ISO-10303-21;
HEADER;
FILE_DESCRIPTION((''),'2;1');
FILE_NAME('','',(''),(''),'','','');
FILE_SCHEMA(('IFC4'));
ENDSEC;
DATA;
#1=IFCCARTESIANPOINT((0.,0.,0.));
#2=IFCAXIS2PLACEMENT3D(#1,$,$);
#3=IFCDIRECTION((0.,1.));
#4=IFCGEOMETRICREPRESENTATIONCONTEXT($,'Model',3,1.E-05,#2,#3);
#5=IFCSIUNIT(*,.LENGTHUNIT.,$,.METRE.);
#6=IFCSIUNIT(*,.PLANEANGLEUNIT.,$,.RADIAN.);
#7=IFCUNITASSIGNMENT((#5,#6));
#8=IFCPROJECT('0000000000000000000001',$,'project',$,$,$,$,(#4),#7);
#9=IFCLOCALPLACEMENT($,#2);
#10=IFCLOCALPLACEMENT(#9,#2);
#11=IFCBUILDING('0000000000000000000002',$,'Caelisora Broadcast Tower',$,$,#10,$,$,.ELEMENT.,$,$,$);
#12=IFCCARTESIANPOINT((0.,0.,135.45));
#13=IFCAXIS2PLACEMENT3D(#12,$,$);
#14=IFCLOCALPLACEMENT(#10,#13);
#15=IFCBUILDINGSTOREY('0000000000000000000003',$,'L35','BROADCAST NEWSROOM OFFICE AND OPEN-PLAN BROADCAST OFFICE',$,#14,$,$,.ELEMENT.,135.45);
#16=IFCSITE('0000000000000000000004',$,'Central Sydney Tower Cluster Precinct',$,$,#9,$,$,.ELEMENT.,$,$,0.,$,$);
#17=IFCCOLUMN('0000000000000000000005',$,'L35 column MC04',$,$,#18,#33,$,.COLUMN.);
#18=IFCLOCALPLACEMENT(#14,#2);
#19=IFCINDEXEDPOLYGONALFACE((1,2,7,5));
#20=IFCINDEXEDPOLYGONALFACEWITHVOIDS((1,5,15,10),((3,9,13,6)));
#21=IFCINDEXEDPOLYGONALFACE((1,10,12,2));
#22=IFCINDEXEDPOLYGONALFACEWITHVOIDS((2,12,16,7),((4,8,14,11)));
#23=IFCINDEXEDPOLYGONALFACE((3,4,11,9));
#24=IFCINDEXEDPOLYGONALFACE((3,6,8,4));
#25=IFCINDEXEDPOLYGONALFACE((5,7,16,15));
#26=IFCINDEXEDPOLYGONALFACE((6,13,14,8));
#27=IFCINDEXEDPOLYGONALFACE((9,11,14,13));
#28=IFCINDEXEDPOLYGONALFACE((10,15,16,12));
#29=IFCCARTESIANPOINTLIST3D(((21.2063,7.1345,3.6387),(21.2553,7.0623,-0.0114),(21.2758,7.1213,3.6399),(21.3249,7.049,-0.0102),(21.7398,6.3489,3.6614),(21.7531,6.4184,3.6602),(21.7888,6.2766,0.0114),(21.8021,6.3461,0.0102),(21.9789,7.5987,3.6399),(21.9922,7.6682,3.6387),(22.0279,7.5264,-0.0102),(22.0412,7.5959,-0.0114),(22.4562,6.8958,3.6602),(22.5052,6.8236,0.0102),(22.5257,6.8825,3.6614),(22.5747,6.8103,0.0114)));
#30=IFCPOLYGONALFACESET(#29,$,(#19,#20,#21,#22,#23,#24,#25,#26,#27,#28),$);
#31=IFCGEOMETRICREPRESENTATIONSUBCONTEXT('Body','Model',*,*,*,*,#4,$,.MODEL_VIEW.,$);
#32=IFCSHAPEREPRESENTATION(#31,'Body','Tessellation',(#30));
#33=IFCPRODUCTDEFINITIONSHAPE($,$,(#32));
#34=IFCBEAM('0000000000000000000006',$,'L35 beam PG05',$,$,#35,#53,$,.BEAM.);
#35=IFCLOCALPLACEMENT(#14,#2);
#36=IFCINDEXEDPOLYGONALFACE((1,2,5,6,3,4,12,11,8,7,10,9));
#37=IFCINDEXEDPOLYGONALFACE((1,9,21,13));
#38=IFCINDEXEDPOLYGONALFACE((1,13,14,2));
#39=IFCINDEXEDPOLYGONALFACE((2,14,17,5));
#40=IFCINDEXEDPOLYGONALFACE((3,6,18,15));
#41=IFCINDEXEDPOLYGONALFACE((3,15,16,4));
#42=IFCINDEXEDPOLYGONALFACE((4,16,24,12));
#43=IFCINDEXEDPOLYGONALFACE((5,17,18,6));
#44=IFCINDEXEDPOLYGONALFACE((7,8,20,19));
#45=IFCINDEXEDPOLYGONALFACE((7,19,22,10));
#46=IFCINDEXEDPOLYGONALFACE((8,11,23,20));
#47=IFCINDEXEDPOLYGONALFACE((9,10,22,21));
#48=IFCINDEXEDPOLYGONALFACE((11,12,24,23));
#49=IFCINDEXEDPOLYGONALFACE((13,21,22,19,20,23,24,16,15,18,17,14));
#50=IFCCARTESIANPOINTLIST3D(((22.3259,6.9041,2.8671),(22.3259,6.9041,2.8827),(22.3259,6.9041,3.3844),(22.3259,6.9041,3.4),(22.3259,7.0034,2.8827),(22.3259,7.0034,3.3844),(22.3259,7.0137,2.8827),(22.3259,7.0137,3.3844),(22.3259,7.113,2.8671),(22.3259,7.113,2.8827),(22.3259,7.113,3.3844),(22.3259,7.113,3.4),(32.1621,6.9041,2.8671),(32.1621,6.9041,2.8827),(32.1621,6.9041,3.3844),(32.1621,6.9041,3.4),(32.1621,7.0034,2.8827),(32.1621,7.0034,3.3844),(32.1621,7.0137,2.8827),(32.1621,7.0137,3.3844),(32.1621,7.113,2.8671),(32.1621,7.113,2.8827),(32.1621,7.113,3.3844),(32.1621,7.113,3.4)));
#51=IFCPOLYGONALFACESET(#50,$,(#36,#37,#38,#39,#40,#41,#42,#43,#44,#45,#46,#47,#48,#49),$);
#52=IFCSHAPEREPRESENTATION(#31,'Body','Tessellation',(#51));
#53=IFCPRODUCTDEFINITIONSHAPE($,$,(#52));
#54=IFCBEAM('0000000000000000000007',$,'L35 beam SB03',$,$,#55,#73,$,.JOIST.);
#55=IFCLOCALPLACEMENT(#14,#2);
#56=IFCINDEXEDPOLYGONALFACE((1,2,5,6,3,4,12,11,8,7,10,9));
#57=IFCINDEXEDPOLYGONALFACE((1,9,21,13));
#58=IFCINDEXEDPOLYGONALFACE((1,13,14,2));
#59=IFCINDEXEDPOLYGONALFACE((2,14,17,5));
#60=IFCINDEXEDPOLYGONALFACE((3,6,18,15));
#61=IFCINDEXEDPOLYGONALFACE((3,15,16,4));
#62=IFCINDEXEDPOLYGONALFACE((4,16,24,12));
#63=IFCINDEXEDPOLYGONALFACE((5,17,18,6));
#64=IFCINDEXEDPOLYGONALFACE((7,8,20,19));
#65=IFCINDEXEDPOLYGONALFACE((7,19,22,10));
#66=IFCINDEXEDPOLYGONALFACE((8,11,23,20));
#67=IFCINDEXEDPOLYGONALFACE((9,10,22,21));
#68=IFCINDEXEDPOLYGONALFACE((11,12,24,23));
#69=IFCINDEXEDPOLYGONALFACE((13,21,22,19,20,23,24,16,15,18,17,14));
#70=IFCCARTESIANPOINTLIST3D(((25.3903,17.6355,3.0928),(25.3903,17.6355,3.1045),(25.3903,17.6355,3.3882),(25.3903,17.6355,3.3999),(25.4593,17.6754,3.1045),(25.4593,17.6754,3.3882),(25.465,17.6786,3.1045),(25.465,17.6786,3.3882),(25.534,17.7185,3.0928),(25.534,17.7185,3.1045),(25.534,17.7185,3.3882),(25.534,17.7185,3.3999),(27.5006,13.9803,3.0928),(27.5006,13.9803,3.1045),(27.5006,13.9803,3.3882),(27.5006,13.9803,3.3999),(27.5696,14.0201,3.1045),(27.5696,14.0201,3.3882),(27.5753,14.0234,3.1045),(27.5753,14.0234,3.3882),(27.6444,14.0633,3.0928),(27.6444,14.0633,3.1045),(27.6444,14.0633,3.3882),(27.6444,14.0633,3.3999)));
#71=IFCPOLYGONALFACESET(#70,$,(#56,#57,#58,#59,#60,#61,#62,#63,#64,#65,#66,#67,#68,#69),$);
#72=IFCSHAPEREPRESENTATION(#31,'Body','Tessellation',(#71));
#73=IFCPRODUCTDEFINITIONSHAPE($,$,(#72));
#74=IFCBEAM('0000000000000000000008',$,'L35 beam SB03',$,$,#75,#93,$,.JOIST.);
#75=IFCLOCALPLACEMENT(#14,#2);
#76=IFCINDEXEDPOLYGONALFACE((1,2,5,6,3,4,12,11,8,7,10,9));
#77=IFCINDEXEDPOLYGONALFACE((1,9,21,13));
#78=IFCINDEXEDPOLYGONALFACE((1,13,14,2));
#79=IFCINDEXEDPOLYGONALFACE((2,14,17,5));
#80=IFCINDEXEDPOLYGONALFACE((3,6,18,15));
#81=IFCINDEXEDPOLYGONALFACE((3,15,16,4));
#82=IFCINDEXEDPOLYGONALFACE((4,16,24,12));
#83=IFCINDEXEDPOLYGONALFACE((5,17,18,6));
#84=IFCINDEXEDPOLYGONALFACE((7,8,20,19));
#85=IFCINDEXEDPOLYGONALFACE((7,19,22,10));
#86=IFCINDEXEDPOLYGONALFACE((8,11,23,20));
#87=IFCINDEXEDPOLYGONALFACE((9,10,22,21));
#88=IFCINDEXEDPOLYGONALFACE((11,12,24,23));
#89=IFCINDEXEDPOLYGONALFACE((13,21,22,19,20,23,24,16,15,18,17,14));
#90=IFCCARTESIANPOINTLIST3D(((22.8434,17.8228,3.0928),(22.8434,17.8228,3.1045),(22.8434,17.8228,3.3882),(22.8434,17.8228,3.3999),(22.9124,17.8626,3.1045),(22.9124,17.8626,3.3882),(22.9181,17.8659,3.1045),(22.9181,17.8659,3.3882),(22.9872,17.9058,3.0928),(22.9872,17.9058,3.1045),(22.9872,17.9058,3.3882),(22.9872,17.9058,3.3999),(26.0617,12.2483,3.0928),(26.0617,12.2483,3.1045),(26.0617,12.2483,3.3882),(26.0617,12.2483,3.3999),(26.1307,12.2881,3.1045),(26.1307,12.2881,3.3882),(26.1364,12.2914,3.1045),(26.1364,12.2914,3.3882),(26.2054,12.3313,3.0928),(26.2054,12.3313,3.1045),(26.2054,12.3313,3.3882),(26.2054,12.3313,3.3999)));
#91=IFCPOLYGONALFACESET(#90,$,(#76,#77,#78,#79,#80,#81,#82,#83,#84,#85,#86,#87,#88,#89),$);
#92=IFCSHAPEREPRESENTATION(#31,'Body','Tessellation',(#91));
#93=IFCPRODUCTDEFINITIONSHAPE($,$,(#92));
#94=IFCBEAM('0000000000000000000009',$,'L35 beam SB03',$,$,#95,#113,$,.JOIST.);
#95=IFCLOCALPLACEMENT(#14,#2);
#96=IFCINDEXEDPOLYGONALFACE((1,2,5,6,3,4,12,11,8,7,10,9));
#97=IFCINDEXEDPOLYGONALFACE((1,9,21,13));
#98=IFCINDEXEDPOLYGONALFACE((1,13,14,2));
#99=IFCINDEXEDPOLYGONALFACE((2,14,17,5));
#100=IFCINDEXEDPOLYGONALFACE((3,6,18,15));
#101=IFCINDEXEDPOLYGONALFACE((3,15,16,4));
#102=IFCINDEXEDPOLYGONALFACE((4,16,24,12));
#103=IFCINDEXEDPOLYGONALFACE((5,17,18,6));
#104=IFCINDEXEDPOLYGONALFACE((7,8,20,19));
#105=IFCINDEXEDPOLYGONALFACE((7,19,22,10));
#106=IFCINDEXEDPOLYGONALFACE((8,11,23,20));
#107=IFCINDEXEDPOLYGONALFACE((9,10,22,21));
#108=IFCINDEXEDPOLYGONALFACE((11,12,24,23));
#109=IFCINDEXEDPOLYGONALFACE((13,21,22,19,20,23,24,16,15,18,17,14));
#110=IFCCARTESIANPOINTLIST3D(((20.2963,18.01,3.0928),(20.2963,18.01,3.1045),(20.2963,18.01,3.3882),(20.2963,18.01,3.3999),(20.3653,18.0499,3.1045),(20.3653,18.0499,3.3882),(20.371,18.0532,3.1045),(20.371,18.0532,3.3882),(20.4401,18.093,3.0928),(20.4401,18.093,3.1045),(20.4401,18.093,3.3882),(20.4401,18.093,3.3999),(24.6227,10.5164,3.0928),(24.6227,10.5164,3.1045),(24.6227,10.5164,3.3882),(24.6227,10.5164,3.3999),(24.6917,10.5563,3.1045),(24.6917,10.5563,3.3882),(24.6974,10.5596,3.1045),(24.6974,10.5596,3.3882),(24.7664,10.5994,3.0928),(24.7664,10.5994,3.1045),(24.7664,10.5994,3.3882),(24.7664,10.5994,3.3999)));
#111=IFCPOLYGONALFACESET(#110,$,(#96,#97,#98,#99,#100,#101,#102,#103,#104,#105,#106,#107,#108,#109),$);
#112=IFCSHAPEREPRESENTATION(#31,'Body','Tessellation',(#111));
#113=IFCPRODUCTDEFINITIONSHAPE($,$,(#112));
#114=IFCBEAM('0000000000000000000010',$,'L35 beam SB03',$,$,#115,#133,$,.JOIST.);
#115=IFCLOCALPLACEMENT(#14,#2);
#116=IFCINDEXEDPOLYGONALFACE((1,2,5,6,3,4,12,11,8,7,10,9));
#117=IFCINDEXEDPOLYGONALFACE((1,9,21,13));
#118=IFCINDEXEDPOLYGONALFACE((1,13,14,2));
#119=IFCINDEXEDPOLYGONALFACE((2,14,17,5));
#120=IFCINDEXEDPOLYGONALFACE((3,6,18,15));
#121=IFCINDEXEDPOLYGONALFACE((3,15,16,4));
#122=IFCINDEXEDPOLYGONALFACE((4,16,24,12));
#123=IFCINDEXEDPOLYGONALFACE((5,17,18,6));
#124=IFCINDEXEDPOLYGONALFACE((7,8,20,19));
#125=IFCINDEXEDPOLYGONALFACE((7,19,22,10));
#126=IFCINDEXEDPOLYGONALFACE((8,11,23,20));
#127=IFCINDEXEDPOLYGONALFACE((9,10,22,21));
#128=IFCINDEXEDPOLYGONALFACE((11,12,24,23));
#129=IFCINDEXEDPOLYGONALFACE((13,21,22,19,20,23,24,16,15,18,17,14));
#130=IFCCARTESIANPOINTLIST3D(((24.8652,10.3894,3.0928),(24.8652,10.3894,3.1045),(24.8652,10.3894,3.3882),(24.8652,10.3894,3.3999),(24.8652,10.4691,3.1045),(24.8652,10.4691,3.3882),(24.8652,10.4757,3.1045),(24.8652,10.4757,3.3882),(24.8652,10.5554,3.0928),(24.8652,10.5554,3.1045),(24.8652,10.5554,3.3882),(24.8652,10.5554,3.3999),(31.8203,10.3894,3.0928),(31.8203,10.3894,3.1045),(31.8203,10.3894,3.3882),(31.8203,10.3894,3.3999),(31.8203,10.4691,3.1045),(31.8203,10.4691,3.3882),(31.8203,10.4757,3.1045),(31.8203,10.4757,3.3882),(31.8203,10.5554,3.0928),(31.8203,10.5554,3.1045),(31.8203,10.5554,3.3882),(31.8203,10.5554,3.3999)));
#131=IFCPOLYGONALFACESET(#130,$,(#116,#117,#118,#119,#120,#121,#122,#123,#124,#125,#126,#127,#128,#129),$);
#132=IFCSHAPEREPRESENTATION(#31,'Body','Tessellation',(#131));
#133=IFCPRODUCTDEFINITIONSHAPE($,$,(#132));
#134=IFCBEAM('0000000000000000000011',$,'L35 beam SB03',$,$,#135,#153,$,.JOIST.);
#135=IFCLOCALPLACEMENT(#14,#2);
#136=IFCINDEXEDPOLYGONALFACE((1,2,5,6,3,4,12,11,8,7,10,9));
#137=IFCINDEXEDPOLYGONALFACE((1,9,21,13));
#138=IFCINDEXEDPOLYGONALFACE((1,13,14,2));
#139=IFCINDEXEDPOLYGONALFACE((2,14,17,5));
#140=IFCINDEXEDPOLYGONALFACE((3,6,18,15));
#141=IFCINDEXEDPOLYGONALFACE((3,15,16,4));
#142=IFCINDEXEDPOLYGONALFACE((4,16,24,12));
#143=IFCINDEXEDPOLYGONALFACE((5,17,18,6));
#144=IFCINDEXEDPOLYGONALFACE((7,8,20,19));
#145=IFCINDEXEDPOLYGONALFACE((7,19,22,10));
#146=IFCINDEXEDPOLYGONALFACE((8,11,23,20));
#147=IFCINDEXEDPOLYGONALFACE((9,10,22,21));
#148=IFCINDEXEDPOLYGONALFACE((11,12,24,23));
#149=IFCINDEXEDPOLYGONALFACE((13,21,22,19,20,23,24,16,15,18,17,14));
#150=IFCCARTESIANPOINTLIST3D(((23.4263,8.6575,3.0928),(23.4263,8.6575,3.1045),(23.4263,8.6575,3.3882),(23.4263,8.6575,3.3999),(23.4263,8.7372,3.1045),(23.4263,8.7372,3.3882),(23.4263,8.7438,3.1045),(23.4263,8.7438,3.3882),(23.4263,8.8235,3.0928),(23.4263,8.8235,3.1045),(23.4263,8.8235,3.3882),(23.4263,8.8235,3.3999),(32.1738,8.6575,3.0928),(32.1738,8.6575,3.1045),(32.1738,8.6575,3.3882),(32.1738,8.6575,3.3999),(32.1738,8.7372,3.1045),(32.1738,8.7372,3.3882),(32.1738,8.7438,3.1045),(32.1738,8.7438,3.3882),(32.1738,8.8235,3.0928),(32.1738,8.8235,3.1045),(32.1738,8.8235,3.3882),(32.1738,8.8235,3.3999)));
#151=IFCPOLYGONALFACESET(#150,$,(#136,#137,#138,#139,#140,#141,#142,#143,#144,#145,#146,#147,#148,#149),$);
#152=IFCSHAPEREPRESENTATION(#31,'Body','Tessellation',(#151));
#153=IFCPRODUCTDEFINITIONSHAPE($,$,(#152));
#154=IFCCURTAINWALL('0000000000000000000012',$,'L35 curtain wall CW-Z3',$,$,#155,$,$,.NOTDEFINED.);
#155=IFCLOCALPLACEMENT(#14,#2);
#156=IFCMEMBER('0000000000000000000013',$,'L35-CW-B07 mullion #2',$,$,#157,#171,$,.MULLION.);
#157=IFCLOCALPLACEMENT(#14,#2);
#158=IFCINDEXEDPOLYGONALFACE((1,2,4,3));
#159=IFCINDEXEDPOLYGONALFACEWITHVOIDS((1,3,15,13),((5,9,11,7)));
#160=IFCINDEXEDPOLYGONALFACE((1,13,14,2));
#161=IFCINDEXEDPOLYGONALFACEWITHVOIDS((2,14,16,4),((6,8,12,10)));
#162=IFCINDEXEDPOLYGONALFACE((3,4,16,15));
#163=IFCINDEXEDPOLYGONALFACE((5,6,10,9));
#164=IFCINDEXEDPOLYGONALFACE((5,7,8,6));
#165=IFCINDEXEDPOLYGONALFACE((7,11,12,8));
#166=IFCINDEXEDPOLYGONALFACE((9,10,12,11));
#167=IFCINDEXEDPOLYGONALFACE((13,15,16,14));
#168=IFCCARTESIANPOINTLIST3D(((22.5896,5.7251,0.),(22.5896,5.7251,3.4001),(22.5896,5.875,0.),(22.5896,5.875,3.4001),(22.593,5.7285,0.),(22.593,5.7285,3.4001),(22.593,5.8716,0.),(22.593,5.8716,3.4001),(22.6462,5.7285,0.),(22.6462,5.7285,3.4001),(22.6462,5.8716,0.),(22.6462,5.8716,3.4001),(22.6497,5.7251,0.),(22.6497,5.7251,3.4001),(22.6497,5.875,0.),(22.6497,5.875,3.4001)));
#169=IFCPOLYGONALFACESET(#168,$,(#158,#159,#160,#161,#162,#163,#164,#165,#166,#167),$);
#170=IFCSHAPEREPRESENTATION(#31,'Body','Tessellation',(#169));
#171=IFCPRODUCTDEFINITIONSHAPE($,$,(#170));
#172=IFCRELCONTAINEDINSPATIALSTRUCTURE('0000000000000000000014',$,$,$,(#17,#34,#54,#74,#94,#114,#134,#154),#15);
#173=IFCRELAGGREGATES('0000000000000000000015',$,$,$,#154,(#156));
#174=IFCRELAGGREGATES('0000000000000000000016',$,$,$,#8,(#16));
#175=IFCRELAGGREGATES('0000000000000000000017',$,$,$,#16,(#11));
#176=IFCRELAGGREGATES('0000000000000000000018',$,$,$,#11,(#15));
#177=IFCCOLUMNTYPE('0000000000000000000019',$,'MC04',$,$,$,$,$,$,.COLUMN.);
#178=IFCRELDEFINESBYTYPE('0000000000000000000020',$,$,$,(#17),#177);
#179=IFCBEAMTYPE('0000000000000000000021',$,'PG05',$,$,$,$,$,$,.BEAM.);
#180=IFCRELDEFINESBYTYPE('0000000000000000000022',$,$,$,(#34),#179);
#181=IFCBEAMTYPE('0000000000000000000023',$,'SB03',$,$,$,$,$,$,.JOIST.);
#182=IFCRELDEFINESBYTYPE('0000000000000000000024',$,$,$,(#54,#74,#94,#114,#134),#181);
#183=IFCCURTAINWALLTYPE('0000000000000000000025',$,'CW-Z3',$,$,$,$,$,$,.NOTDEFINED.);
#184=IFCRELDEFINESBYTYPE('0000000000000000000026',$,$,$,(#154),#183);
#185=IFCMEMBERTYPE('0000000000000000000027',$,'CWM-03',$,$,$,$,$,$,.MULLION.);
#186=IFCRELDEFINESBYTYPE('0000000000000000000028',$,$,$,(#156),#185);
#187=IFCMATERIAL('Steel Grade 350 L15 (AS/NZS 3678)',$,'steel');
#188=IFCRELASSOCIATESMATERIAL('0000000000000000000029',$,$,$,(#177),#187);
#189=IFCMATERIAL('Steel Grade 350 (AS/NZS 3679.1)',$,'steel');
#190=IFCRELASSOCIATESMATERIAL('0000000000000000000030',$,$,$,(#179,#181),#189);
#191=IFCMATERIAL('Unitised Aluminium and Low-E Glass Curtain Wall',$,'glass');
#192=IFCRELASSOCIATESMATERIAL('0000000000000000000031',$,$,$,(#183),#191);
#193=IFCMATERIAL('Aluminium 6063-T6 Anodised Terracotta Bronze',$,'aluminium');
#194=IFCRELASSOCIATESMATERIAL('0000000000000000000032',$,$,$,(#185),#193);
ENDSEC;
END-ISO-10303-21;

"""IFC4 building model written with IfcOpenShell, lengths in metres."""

from ifc_helpers import new_model, si_unit, direction, frame, origin, origin_2d, place, context, subcontext, project, spatial, hollow_rectangle, i_section, extrude, source, transform, mapped, material, material_profile, profile_set, type_object, type_shapes, element, aggregate, save


model = new_model("IFC4")

# Units and contexts
model_context = context("Model", 3, precision=1e-05, world=origin(), true_north=direction((0.0, 1.0)))
body_context = subcontext(model_context, "Body", "Model", "MODEL_VIEW")
ifc_project = project(units=[si_unit("LENGTHUNIT", "METRE"), si_unit("PLANEANGLEUNIT", "RADIAN")], contexts=[model_context])

# Site, building, storey
site_placement = place(None, origin())
site = spatial("IfcSite", under=ifc_project, at=site_placement, Name="Central Sydney Tower Cluster Precinct", CompositionType="ELEMENT", RefElevation=0.0)
building_placement = place(site_placement, origin())
building = spatial("IfcBuilding", under=site, at=building_placement, Name="Caelisora Broadcast Tower", CompositionType="ELEMENT")
storey_placement = place(building_placement, frame((0.0, 0.0, 135.45)))
storey = spatial("IfcBuildingStorey", under=building, at=storey_placement, Name="L35", Description="BROADCAST NEWSROOM OFFICE AND OPEN-PLAN BROADCAST OFFICE", CompositionType="ELEMENT", Elevation=135.45)

# Column
ifc_material_1 = material(Name="Steel Grade 350 L15 (AS/NZS 3678)", Category="steel")
ifc_material_profile_1 = material_profile(ifc_material_1, hollow_rectangle(XDim=0.95, YDim=0.95, WallThickness=0.05, at=origin_2d()), Name="Steel Grade 350 L15 (AS/NZS 3678)")
ifc_profile_set_1 = profile_set([ifc_material_profile_1], Name="Steel Grade 350 L15 (AS/NZS 3678)")
column_type = type_object("IfcColumnType", Name="MC04", PredefinedType="COLUMN", material=ifc_profile_set_1)
shared_shape_1 = source(origin(), body_context, "Body", "SweptSolid", [
    extrude(hollow_rectangle(XDim=0.95, YDim=0.95, WallThickness=0.05, at=origin_2d()), origin(), (0.0, 0.0, 1.0), 3.6511),
])
type_shapes(column_type, [shared_shape_1])
column_placement = place(storey_placement, frame((21.915, 6.9363, 0.0), z_axis=(-0.01344, 0.019792, 0.999714), x_axis=(-0.82729, -0.561775, 0.0)))
element("IfcColumn", 1, at=column_placement, inside=storey, type_object=column_type, Name="L35 column MC04", PredefinedType="COLUMN", context=body_context, shape_type="MappedRepresentation", body=[
    mapped(shared_shape_1, transform((0.0, 0.0, 0.0), scale=1.0)),
])

# Beams
ifc_material_2 = material(Name="Steel Grade 350 (AS/NZS 3679.1)", Category="steel")
ifc_material_profile_2 = material_profile(ifc_material_2, i_section(OverallWidth=0.209, OverallDepth=0.533, WebThickness=0.0103, FlangeThickness=0.0156, at=origin_2d()), Name="Steel Grade 350 (AS/NZS 3679.1)")
ifc_profile_set_2 = profile_set([ifc_material_profile_2], Name="Steel Grade 350 (AS/NZS 3679.1)")
beam_type_1 = type_object("IfcBeamType", Name="PG05", PredefinedType="BEAM", material=ifc_profile_set_2)
shared_shape_2 = source(origin(), body_context, "Body", "SweptSolid", [
    extrude(i_section(OverallWidth=0.209, OverallDepth=0.533, WebThickness=0.0103, FlangeThickness=0.0156, at=origin_2d()), origin(), (0.0, 0.0, 1.0), 9.8362),
])
type_shapes(beam_type_1, [shared_shape_2])
beam_1_placement = place(storey_placement, frame((22.3259, 7.0085, 3.1335), z_axis=(1.0, 0.0, 0.0), x_axis=(0.0, 1.0, 0.0)))
element("IfcBeam", 2, at=beam_1_placement, inside=storey, type_object=beam_type_1, Name="L35 beam PG05", PredefinedType="BEAM", context=body_context, shape_type="MappedRepresentation", body=[
    mapped(shared_shape_2, transform((0.0, 0.0, 0.0), scale=1.0)),
])
ifc_material_profile_3 = material_profile(ifc_material_2, i_section(OverallWidth=0.166, OverallDepth=0.3071, WebThickness=0.0066, FlangeThickness=0.0117, at=origin_2d()), Name="Steel Grade 350 (AS/NZS 3679.1)")
ifc_profile_set_3 = profile_set([ifc_material_profile_3], Name="Steel Grade 350 (AS/NZS 3679.1)")
beam_type_2 = type_object("IfcBeamType", Name="SB03", PredefinedType="JOIST", material=ifc_profile_set_3)
shared_shape_3 = source(origin(), body_context, "Body", "SweptSolid", [
    extrude(i_section(OverallWidth=0.166, OverallDepth=0.3071, WebThickness=0.0066, FlangeThickness=0.0117, at=origin_2d()), origin(), (0.0, 0.0, 1.0), 4.2207),
])
beam_2_placement = place(storey_placement, frame((25.4622, 17.677, 3.2463), z_axis=(0.499996, -0.866028, 0.0), x_axis=(0.866028, 0.499996, 0.0)))
element("IfcBeam", 3, at=beam_2_placement, inside=storey, type_object=beam_type_2, Name="L35 beam SB03", PredefinedType="JOIST", context=body_context, shape_type="MappedRepresentation", body=[
    mapped(shared_shape_3, transform((0.0, 0.0, 0.0), scale=1.0)),
])
shared_shape_4 = source(origin(), body_context, "Body", "SweptSolid", [
    extrude(i_section(OverallWidth=0.166, OverallDepth=0.3071, WebThickness=0.0066, FlangeThickness=0.0117, at=origin_2d()), origin(), (0.0, 0.0, 1.0), 6.4368),
])
beam_3_placement = place(storey_placement, frame((22.9153, 17.8643, 3.2463), z_axis=(0.499982, -0.866036, 0.0), x_axis=(0.866036, 0.499982, 0.0)))
element("IfcBeam", 4, at=beam_3_placement, inside=storey, type_object=beam_type_2, Name="L35 beam SB03", PredefinedType="JOIST", context=body_context, shape_type="MappedRepresentation", body=[
    mapped(shared_shape_4, transform((0.0, 0.0, 0.0), scale=1.0)),
])
shared_shape_5 = source(origin(), body_context, "Body", "SweptSolid", [
    extrude(i_section(OverallWidth=0.166, OverallDepth=0.3071, WebThickness=0.0066, FlangeThickness=0.0117, at=origin_2d()), origin(), (0.0, 0.0, 1.0), 8.6528),
])
beam_4_placement = place(storey_placement, frame((20.3682, 18.0515, 3.2463), z_axis=(0.499996, -0.866028, 0.0), x_axis=(0.866028, 0.499996, 0.0)))
element("IfcBeam", 5, at=beam_4_placement, inside=storey, type_object=beam_type_2, Name="L35 beam SB03", PredefinedType="JOIST", context=body_context, shape_type="MappedRepresentation", body=[
    mapped(shared_shape_5, transform((0.0, 0.0, 0.0), scale=1.0)),
])
shared_shape_6 = source(origin(), body_context, "Body", "SweptSolid", [
    extrude(i_section(OverallWidth=0.166, OverallDepth=0.3071, WebThickness=0.0066, FlangeThickness=0.0117, at=origin_2d()), origin(), (0.0, 0.0, 1.0), 6.9551),
])
beam_5_placement = place(storey_placement, frame((24.8652, 10.4724, 3.2463), z_axis=(1.0, 0.0, 0.0), x_axis=(0.0, 1.0, 0.0)))
element("IfcBeam", 6, at=beam_5_placement, inside=storey, type_object=beam_type_2, Name="L35 beam SB03", PredefinedType="JOIST", context=body_context, shape_type="MappedRepresentation", body=[
    mapped(shared_shape_6, transform((0.0, 0.0, 0.0), scale=1.0)),
])
shared_shape_7 = source(origin(), body_context, "Body", "SweptSolid", [
    extrude(i_section(OverallWidth=0.166, OverallDepth=0.3071, WebThickness=0.0066, FlangeThickness=0.0117, at=origin_2d()), origin(), (0.0, 0.0, 1.0), 8.7476),
])
type_shapes(beam_type_2, [shared_shape_3, shared_shape_4, shared_shape_5, shared_shape_6, shared_shape_7])
beam_6_placement = place(storey_placement, frame((23.4263, 8.7405, 3.2463), z_axis=(1.0, 0.0, 0.0), x_axis=(0.0, 1.0, 0.0)))
element("IfcBeam", 7, at=beam_6_placement, inside=storey, type_object=beam_type_2, Name="L35 beam SB03", PredefinedType="JOIST", context=body_context, shape_type="MappedRepresentation", body=[
    mapped(shared_shape_7, transform((0.0, 0.0, 0.0), scale=1.0)),
])

# Curtain wall, member
ifc_material_3 = material(Name="Unitised Aluminium and Low-E Glass Curtain Wall", Category="glass")
curtain_wall_type = type_object("IfcCurtainWallType", Name="CW-Z3", PredefinedType="NOTDEFINED", material=ifc_material_3)
curtain_wall_placement = place(storey_placement, origin())
curtain_wall = element("IfcCurtainWall", 8, at=curtain_wall_placement, inside=storey, type_object=curtain_wall_type, Name="L35 curtain wall CW-Z3", PredefinedType="NOTDEFINED")
ifc_material_4 = material(Name="Aluminium 6063-T6 Anodised Terracotta Bronze", Category="aluminium")
ifc_material_profile_4 = material_profile(ifc_material_4, hollow_rectangle(XDim=0.0601, YDim=0.1499, WallThickness=0.0034, at=origin_2d()), Name="Aluminium 6063-T6 Anodised Terracotta Bronze")
ifc_profile_set_4 = profile_set([ifc_material_profile_4], Name="Aluminium 6063-T6 Anodised Terracotta Bronze")
member_type = type_object("IfcMemberType", Name="CWM-03", PredefinedType="MULLION", material=ifc_profile_set_4)
shared_shape_8 = source(origin(), body_context, "Body", "SweptSolid", [
    extrude(hollow_rectangle(XDim=0.0601, YDim=0.1499, WallThickness=0.0034, at=origin_2d()), origin(), (0.0, 0.0, 1.0), 3.4001),
])
type_shapes(member_type, [shared_shape_8])
member_1_placement = place(storey_placement, frame((22.6196, 5.8, 0.0), z_axis=(0.0, 0.0, 1.0), x_axis=(1.0, 0.0, 0.0)))
member_1 = element("IfcMember", 9, at=member_1_placement, type_object=member_type, Name="L35-CW-B07 mullion #2", PredefinedType="MULLION", context=body_context, shape_type="MappedRepresentation", body=[
    mapped(shared_shape_8, transform((0.0, 0.0, 0.0), scale=1.0)),
])
aggregate(curtain_wall, [member_1])

save(model, "model.ifc")
